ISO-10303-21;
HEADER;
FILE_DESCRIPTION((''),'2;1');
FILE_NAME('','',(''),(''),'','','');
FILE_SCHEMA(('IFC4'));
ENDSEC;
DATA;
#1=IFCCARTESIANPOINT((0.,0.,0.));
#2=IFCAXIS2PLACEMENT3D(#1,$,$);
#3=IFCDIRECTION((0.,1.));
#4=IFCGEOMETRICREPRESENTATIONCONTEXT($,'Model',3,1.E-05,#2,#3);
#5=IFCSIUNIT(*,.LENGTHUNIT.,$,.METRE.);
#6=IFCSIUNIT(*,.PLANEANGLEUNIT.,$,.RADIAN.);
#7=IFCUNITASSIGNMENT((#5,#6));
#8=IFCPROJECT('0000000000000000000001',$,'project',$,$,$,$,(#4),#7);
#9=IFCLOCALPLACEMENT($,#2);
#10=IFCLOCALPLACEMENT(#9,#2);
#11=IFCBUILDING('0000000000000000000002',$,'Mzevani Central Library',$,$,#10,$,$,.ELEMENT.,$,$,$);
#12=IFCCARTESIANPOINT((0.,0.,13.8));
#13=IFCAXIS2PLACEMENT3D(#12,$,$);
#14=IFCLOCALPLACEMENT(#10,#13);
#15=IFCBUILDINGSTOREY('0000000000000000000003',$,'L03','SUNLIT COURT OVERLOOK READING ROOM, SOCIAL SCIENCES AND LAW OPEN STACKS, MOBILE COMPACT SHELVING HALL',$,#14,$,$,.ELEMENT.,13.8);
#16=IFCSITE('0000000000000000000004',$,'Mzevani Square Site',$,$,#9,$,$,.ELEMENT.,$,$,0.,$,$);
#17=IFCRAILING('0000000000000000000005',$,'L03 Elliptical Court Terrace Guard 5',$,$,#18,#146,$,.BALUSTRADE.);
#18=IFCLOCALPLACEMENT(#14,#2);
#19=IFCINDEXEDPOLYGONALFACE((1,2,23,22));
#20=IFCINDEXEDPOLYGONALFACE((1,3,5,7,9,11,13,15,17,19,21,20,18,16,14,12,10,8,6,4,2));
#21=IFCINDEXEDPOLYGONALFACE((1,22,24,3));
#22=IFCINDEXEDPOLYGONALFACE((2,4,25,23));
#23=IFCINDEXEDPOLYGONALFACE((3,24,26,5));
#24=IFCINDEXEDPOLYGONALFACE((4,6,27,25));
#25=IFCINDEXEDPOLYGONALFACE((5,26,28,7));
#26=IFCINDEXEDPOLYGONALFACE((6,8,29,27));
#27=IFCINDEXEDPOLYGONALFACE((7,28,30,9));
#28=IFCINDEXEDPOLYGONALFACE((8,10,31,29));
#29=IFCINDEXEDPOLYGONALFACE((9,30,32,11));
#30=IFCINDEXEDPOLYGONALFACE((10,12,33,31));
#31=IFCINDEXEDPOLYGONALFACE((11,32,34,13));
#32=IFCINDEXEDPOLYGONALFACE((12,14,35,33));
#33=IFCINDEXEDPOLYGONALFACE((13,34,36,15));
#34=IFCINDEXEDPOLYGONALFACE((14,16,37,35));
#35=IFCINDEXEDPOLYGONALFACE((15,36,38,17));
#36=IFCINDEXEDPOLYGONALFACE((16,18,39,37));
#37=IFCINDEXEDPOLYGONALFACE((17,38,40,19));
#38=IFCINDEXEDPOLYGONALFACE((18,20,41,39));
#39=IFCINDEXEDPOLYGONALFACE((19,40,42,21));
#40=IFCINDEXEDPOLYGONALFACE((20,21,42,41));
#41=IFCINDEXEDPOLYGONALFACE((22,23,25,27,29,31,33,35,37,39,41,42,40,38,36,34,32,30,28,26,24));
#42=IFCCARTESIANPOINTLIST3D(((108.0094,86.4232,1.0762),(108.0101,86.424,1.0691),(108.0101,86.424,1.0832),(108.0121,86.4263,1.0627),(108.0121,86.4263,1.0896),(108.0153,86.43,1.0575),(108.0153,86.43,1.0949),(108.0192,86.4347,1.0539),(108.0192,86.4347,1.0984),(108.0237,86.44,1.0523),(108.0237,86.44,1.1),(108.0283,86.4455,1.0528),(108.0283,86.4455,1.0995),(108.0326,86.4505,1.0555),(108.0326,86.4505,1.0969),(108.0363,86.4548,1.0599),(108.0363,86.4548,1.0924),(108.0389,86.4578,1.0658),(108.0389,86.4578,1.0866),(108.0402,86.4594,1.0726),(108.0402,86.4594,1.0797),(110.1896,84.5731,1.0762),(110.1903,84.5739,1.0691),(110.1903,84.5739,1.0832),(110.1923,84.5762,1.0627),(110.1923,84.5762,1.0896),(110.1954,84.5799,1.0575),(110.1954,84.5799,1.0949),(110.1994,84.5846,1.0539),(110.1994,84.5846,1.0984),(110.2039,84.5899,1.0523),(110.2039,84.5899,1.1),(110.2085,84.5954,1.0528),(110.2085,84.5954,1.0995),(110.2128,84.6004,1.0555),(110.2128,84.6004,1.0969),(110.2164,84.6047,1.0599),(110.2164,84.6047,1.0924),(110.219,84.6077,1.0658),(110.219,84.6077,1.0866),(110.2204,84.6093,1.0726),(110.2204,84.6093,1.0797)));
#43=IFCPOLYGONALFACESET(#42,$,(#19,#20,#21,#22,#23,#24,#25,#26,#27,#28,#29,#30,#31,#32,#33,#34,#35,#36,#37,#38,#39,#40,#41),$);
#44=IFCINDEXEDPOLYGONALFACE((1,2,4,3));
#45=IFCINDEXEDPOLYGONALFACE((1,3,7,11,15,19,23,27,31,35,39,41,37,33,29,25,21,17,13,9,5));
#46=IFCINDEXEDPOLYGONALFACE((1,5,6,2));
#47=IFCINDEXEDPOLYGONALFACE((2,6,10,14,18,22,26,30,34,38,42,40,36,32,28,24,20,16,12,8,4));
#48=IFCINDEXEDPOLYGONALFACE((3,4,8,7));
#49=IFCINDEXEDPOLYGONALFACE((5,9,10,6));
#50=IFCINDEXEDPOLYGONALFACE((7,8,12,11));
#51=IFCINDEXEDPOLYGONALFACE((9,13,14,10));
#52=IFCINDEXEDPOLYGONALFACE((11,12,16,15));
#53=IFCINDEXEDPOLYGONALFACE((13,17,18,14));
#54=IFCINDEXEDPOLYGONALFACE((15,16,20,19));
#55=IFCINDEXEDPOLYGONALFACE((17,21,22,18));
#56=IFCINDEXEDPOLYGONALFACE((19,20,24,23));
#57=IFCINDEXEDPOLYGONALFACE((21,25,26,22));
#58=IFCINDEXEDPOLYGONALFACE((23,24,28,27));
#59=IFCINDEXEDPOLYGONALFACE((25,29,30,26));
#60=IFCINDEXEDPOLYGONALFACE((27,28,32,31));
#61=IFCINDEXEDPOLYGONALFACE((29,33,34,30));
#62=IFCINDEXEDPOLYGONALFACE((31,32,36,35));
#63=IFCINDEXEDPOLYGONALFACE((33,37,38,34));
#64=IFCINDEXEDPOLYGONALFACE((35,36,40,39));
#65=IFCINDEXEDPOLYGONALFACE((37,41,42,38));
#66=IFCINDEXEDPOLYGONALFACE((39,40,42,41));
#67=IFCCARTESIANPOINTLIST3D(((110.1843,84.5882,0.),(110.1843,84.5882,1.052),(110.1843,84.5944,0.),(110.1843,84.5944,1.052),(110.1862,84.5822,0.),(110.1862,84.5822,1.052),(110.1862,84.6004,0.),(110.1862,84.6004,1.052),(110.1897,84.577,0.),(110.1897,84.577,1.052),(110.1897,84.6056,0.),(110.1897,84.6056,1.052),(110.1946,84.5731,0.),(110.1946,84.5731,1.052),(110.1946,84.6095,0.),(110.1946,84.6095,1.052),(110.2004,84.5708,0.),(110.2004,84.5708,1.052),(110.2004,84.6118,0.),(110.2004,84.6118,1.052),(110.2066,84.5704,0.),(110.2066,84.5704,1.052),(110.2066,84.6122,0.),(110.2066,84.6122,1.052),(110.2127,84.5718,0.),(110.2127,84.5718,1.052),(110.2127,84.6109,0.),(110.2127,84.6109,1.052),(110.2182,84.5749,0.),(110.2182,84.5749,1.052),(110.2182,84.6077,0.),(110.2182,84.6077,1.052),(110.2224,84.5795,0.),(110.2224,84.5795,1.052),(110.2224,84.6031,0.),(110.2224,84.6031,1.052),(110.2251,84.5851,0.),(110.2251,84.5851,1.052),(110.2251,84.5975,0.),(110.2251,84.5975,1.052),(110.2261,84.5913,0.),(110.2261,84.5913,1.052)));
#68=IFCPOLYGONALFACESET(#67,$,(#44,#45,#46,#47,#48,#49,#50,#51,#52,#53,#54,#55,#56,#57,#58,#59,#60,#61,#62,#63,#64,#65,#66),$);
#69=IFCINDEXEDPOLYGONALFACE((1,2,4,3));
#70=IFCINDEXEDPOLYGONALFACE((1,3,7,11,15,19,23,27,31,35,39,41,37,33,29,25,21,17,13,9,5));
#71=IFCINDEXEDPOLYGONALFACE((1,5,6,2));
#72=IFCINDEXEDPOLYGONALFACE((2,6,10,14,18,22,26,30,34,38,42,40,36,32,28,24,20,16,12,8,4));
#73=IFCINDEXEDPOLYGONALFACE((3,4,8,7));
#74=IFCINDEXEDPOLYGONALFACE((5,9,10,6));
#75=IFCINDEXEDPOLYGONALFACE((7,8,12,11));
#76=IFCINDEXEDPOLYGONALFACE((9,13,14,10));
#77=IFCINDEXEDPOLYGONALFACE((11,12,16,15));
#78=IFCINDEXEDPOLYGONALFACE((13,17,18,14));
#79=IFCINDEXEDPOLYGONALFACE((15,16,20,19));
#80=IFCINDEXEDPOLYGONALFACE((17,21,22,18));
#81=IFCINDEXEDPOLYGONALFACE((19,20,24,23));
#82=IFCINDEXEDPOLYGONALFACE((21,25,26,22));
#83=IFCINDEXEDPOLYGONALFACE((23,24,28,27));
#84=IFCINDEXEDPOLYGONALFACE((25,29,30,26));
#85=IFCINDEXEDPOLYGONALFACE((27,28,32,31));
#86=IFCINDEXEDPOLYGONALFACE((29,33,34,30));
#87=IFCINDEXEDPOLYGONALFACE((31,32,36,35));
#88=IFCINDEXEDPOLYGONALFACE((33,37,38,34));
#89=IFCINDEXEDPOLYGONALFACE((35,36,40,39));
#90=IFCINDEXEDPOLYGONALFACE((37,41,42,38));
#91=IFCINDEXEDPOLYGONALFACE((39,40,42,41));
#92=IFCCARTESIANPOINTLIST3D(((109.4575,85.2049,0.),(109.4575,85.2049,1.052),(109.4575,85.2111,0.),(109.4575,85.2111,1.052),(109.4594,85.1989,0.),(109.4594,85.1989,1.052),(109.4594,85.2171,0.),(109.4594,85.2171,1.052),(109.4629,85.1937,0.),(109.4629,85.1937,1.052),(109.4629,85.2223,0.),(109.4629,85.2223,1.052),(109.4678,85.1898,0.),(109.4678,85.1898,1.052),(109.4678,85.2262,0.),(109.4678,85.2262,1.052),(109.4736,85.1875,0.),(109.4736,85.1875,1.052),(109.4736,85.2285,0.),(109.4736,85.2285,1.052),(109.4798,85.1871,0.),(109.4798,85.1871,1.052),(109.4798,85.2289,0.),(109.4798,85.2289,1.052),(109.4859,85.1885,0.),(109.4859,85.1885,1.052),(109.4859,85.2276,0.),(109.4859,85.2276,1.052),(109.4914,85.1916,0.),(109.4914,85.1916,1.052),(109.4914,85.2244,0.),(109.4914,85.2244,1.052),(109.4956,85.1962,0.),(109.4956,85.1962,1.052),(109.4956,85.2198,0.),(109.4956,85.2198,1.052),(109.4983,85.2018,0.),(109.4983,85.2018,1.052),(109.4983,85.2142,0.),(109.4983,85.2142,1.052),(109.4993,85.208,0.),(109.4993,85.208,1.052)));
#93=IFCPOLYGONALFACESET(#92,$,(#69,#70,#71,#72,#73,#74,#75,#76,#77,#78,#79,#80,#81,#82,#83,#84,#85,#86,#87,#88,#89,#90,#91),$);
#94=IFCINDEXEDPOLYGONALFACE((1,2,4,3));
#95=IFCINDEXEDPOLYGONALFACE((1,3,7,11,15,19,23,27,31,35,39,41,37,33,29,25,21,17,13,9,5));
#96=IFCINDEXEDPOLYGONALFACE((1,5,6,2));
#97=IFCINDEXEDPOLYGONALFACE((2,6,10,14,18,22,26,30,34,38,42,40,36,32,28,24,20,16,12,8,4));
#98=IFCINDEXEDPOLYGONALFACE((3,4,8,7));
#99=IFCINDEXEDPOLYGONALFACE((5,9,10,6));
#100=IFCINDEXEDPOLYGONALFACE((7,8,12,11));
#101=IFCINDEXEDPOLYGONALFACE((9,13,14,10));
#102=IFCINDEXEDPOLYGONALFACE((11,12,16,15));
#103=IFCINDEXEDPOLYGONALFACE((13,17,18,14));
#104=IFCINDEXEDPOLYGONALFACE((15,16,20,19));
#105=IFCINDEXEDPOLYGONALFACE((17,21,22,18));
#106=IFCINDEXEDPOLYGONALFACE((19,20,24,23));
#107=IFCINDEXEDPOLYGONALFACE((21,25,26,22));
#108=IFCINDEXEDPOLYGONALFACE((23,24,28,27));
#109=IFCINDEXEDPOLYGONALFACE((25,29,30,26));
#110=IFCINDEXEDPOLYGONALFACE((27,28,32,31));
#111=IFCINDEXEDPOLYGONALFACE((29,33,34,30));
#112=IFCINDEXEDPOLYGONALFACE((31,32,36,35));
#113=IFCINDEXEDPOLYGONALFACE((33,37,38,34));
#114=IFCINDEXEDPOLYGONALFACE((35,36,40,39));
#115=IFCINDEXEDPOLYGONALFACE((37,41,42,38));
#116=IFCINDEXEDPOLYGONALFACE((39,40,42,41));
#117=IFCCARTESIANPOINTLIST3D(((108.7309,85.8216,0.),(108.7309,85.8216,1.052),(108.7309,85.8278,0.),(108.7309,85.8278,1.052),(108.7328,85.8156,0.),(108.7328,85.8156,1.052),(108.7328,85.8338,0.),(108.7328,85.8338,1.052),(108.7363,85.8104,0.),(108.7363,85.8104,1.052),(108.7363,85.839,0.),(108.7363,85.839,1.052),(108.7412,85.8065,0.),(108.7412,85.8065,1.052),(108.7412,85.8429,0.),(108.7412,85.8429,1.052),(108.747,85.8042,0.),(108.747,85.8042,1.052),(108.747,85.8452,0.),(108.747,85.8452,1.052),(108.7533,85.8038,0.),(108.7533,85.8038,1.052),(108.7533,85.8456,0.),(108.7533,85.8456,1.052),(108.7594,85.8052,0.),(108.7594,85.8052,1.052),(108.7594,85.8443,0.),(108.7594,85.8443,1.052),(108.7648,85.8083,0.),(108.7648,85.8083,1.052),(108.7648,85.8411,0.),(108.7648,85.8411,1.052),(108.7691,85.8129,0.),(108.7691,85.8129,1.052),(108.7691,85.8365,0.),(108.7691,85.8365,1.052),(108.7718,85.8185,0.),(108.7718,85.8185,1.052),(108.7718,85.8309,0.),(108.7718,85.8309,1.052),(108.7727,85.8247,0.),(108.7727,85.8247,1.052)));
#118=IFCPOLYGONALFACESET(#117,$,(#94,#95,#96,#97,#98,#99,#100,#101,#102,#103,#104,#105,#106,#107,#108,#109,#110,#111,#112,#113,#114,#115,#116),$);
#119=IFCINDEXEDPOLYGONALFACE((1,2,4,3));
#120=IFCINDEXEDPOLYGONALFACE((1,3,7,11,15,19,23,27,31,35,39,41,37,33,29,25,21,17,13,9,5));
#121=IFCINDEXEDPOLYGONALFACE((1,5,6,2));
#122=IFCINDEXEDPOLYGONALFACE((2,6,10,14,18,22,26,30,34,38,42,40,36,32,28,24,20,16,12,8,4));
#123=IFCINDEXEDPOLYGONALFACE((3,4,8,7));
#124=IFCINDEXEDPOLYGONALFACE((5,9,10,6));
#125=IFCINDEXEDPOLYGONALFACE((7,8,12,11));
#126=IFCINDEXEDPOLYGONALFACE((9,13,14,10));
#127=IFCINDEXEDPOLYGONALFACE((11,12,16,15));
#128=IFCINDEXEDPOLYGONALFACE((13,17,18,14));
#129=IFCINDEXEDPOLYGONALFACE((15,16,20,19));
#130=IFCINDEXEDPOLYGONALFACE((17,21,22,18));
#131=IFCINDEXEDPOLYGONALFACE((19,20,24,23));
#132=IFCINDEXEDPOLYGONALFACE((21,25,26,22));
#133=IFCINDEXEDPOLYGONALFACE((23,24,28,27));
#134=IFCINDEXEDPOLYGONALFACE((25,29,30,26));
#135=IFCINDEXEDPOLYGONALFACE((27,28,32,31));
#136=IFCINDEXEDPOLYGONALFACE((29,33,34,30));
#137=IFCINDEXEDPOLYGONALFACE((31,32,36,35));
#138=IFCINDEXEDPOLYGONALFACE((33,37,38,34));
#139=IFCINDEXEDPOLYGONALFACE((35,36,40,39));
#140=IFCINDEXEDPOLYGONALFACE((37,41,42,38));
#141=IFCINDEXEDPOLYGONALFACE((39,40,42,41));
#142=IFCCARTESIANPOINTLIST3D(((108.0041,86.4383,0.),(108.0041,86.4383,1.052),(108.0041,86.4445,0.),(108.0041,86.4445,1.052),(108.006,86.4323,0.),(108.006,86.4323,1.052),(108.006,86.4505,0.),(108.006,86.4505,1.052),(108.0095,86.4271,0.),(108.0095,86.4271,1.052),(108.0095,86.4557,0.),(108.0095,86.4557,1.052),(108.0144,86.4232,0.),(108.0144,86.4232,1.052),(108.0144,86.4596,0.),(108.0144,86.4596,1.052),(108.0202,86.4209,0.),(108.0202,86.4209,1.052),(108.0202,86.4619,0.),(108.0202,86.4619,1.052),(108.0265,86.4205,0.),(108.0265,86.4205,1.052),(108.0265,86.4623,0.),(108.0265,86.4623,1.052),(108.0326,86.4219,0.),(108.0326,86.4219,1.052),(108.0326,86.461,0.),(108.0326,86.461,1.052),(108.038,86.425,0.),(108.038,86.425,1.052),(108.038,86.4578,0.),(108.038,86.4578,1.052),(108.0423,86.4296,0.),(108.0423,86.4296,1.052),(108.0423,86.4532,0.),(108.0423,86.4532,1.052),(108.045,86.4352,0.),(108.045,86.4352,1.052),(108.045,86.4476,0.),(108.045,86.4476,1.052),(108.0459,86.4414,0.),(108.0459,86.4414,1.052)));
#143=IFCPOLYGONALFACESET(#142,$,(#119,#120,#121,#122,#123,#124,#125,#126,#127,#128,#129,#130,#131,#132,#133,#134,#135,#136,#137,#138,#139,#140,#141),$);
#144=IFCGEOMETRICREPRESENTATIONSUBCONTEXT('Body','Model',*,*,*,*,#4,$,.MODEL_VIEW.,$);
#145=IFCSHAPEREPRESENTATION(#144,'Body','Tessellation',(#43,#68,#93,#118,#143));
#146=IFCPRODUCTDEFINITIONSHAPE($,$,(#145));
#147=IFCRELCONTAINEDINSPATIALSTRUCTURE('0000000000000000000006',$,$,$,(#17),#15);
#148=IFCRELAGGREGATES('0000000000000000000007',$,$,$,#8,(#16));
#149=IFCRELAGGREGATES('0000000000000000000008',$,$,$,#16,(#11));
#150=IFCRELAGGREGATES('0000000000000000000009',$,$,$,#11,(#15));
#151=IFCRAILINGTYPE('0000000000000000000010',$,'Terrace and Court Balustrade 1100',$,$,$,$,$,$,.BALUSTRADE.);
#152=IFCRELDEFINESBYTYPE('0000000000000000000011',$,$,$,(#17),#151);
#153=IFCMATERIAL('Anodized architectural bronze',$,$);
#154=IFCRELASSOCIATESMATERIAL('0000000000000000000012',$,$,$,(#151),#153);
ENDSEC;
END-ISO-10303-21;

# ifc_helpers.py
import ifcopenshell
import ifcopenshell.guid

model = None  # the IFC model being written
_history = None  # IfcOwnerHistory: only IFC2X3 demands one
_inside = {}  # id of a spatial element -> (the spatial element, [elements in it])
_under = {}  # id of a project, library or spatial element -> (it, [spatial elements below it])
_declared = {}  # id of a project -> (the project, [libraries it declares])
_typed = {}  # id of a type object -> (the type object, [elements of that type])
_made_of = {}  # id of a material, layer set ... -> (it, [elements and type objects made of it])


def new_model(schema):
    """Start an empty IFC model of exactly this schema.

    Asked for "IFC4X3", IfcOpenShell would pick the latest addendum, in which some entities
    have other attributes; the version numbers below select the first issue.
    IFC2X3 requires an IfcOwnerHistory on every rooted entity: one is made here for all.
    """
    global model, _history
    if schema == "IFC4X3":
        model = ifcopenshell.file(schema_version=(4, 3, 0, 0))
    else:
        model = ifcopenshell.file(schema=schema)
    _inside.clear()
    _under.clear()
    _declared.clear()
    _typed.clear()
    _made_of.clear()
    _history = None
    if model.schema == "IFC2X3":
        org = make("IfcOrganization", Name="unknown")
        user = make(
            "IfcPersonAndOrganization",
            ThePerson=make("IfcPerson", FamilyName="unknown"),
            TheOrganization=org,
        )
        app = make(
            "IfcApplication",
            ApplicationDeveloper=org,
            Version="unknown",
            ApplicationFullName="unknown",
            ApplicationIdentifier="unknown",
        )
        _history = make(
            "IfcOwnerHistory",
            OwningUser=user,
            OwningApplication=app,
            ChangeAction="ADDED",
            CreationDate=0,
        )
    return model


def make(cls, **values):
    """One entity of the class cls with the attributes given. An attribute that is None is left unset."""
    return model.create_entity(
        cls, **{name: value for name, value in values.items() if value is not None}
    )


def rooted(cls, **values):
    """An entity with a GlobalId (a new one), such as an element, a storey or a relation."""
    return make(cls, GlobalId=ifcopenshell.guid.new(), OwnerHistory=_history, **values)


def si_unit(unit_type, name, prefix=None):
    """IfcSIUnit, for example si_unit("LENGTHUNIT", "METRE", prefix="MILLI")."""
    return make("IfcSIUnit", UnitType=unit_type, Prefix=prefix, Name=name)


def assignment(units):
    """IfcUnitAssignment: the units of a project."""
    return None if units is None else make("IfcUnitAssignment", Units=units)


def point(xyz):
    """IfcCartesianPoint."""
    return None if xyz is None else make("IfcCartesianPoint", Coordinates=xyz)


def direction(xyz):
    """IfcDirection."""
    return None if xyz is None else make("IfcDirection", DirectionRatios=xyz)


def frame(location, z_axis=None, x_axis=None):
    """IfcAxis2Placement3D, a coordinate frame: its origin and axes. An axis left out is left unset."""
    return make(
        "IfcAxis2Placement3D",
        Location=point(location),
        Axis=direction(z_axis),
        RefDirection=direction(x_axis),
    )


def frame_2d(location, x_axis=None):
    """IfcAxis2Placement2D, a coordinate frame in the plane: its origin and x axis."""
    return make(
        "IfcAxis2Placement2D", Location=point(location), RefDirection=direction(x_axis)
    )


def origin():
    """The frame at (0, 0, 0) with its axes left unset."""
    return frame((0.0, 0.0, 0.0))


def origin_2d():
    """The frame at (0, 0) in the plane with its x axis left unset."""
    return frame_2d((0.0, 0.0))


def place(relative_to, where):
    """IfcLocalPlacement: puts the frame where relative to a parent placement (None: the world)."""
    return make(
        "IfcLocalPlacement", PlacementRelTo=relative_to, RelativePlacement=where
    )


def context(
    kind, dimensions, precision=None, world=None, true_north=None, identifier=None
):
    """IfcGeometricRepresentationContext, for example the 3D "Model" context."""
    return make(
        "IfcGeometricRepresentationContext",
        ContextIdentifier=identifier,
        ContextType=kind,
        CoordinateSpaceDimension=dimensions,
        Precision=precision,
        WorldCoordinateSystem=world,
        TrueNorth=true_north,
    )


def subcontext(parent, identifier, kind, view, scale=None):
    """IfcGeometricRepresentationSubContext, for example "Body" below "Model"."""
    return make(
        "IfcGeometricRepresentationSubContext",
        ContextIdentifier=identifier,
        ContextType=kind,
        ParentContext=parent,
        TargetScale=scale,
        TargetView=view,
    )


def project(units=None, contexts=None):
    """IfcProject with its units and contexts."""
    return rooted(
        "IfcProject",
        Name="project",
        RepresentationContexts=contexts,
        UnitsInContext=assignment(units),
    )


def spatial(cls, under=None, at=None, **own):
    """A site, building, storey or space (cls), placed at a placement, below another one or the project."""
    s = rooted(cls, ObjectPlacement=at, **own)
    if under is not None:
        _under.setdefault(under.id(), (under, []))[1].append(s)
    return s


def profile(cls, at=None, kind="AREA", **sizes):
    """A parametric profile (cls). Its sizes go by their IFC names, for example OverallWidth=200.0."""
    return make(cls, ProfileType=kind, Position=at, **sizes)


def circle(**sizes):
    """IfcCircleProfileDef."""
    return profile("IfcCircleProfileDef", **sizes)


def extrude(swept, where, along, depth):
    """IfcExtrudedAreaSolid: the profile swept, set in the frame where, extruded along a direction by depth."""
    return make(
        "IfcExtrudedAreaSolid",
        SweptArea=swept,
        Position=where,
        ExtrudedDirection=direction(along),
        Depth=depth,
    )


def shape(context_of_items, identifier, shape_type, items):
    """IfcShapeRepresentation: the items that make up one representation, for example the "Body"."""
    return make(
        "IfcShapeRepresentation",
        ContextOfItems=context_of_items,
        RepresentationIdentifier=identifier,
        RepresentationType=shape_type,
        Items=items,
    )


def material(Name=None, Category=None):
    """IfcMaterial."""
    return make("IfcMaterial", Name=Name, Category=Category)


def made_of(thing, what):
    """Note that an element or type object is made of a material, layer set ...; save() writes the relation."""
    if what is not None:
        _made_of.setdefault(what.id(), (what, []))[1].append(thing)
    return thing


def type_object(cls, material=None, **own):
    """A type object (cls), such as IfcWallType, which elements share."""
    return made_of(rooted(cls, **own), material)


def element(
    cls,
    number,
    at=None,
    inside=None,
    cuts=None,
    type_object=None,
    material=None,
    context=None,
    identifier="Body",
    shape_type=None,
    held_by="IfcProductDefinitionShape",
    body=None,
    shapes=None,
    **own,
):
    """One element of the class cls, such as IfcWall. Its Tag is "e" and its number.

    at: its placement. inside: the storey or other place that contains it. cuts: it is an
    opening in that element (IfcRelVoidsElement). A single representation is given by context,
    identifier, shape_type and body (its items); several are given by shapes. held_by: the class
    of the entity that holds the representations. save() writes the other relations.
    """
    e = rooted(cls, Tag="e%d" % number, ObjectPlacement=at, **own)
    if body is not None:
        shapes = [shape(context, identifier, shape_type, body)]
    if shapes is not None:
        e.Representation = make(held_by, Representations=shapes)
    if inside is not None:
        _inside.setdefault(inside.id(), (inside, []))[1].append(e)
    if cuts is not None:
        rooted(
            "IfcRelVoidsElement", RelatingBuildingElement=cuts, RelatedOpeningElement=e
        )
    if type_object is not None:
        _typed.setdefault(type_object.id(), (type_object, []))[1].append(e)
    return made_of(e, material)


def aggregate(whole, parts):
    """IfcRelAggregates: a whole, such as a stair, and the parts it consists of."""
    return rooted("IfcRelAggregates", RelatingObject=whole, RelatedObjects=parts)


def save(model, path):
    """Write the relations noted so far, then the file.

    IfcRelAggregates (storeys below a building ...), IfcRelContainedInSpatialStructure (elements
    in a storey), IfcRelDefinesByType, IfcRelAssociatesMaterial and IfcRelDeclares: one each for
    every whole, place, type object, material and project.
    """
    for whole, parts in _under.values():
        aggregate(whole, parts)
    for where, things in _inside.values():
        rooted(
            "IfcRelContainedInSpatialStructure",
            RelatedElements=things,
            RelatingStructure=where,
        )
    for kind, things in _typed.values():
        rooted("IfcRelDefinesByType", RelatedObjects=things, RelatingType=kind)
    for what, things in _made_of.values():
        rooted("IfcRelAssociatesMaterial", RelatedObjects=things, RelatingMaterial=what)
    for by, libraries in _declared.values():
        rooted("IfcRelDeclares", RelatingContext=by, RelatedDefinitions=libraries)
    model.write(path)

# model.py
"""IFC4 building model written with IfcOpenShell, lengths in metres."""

from ifc_helpers import new_model, si_unit, direction, frame, origin, origin_2d, place, context, subcontext, project, spatial, circle, extrude, material, type_object, element, save


model = new_model("IFC4")

# Units and contexts
model_context = context("Model", 3, precision=1e-05, world=origin(), true_north=direction((0.0, 1.0)))
body_context = subcontext(model_context, "Body", "Model", "MODEL_VIEW")
ifc_project = project(units=[si_unit("LENGTHUNIT", "METRE"), si_unit("PLANEANGLEUNIT", "RADIAN")], contexts=[model_context])

# Site, building, storey
site_placement = place(None, origin())
site = spatial("IfcSite", under=ifc_project, at=site_placement, Name="Mzevani Square Site", CompositionType="ELEMENT", RefElevation=0.0)
building_placement = place(site_placement, origin())
building = spatial("IfcBuilding", under=site, at=building_placement, Name="Mzevani Central Library", CompositionType="ELEMENT")
storey_placement = place(building_placement, frame((0.0, 0.0, 13.8)))
storey = spatial("IfcBuildingStorey", under=building, at=storey_placement, Name="L03", Description="SUNLIT COURT OVERLOOK READING ROOM, SOCIAL SCIENCES AND LAW OPEN STACKS, MOBILE COMPACT SHELVING HALL", CompositionType="ELEMENT", Elevation=13.8)

# Railing
ifc_material_1 = material(Name="Anodized architectural bronze")
railing_type = type_object("IfcRailingType", Name="Terrace and Court Balustrade 1100", PredefinedType="BALUSTRADE", material=ifc_material_1)
railing_1_placement = place(storey_placement, frame((110.2051, 84.5913, 0.0)))
element("IfcRailing", 1, at=railing_1_placement, inside=storey, type_object=railing_type, Name="L03 Elliptical Court Terrace Guard 5", PredefinedType="BALUSTRADE", context=body_context, shape_type="SweptSolid", body=[
    extrude(circle(Radius=0.0239, at=origin_2d()), frame((0.0, 0.0, 1.0762), z_axis=(-0.762466, 0.647029, 0.0), x_axis=(-0.647029, -0.762466, 0.0)), (0.0, 0.0, 1.0), 2.8594),
    extrude(circle(Radius=0.021, at=origin_2d()), origin(), (0.0, 0.0, 1.0), 1.052),
    extrude(circle(Radius=0.021, at=origin_2d()), frame((-0.7268, 0.6167, 0.0)), (0.0, 0.0, 1.0), 1.052),
    extrude(circle(Radius=0.021, at=origin_2d()), frame((-1.4534, 1.2334, 0.0)), (0.0, 0.0, 1.0), 1.052),
    extrude(circle(Radius=0.021, at=origin_2d()), frame((-2.1802, 1.8501, 0.0)), (0.0, 0.0, 1.0), 1.052),
])

save(model, "model.ifc")
